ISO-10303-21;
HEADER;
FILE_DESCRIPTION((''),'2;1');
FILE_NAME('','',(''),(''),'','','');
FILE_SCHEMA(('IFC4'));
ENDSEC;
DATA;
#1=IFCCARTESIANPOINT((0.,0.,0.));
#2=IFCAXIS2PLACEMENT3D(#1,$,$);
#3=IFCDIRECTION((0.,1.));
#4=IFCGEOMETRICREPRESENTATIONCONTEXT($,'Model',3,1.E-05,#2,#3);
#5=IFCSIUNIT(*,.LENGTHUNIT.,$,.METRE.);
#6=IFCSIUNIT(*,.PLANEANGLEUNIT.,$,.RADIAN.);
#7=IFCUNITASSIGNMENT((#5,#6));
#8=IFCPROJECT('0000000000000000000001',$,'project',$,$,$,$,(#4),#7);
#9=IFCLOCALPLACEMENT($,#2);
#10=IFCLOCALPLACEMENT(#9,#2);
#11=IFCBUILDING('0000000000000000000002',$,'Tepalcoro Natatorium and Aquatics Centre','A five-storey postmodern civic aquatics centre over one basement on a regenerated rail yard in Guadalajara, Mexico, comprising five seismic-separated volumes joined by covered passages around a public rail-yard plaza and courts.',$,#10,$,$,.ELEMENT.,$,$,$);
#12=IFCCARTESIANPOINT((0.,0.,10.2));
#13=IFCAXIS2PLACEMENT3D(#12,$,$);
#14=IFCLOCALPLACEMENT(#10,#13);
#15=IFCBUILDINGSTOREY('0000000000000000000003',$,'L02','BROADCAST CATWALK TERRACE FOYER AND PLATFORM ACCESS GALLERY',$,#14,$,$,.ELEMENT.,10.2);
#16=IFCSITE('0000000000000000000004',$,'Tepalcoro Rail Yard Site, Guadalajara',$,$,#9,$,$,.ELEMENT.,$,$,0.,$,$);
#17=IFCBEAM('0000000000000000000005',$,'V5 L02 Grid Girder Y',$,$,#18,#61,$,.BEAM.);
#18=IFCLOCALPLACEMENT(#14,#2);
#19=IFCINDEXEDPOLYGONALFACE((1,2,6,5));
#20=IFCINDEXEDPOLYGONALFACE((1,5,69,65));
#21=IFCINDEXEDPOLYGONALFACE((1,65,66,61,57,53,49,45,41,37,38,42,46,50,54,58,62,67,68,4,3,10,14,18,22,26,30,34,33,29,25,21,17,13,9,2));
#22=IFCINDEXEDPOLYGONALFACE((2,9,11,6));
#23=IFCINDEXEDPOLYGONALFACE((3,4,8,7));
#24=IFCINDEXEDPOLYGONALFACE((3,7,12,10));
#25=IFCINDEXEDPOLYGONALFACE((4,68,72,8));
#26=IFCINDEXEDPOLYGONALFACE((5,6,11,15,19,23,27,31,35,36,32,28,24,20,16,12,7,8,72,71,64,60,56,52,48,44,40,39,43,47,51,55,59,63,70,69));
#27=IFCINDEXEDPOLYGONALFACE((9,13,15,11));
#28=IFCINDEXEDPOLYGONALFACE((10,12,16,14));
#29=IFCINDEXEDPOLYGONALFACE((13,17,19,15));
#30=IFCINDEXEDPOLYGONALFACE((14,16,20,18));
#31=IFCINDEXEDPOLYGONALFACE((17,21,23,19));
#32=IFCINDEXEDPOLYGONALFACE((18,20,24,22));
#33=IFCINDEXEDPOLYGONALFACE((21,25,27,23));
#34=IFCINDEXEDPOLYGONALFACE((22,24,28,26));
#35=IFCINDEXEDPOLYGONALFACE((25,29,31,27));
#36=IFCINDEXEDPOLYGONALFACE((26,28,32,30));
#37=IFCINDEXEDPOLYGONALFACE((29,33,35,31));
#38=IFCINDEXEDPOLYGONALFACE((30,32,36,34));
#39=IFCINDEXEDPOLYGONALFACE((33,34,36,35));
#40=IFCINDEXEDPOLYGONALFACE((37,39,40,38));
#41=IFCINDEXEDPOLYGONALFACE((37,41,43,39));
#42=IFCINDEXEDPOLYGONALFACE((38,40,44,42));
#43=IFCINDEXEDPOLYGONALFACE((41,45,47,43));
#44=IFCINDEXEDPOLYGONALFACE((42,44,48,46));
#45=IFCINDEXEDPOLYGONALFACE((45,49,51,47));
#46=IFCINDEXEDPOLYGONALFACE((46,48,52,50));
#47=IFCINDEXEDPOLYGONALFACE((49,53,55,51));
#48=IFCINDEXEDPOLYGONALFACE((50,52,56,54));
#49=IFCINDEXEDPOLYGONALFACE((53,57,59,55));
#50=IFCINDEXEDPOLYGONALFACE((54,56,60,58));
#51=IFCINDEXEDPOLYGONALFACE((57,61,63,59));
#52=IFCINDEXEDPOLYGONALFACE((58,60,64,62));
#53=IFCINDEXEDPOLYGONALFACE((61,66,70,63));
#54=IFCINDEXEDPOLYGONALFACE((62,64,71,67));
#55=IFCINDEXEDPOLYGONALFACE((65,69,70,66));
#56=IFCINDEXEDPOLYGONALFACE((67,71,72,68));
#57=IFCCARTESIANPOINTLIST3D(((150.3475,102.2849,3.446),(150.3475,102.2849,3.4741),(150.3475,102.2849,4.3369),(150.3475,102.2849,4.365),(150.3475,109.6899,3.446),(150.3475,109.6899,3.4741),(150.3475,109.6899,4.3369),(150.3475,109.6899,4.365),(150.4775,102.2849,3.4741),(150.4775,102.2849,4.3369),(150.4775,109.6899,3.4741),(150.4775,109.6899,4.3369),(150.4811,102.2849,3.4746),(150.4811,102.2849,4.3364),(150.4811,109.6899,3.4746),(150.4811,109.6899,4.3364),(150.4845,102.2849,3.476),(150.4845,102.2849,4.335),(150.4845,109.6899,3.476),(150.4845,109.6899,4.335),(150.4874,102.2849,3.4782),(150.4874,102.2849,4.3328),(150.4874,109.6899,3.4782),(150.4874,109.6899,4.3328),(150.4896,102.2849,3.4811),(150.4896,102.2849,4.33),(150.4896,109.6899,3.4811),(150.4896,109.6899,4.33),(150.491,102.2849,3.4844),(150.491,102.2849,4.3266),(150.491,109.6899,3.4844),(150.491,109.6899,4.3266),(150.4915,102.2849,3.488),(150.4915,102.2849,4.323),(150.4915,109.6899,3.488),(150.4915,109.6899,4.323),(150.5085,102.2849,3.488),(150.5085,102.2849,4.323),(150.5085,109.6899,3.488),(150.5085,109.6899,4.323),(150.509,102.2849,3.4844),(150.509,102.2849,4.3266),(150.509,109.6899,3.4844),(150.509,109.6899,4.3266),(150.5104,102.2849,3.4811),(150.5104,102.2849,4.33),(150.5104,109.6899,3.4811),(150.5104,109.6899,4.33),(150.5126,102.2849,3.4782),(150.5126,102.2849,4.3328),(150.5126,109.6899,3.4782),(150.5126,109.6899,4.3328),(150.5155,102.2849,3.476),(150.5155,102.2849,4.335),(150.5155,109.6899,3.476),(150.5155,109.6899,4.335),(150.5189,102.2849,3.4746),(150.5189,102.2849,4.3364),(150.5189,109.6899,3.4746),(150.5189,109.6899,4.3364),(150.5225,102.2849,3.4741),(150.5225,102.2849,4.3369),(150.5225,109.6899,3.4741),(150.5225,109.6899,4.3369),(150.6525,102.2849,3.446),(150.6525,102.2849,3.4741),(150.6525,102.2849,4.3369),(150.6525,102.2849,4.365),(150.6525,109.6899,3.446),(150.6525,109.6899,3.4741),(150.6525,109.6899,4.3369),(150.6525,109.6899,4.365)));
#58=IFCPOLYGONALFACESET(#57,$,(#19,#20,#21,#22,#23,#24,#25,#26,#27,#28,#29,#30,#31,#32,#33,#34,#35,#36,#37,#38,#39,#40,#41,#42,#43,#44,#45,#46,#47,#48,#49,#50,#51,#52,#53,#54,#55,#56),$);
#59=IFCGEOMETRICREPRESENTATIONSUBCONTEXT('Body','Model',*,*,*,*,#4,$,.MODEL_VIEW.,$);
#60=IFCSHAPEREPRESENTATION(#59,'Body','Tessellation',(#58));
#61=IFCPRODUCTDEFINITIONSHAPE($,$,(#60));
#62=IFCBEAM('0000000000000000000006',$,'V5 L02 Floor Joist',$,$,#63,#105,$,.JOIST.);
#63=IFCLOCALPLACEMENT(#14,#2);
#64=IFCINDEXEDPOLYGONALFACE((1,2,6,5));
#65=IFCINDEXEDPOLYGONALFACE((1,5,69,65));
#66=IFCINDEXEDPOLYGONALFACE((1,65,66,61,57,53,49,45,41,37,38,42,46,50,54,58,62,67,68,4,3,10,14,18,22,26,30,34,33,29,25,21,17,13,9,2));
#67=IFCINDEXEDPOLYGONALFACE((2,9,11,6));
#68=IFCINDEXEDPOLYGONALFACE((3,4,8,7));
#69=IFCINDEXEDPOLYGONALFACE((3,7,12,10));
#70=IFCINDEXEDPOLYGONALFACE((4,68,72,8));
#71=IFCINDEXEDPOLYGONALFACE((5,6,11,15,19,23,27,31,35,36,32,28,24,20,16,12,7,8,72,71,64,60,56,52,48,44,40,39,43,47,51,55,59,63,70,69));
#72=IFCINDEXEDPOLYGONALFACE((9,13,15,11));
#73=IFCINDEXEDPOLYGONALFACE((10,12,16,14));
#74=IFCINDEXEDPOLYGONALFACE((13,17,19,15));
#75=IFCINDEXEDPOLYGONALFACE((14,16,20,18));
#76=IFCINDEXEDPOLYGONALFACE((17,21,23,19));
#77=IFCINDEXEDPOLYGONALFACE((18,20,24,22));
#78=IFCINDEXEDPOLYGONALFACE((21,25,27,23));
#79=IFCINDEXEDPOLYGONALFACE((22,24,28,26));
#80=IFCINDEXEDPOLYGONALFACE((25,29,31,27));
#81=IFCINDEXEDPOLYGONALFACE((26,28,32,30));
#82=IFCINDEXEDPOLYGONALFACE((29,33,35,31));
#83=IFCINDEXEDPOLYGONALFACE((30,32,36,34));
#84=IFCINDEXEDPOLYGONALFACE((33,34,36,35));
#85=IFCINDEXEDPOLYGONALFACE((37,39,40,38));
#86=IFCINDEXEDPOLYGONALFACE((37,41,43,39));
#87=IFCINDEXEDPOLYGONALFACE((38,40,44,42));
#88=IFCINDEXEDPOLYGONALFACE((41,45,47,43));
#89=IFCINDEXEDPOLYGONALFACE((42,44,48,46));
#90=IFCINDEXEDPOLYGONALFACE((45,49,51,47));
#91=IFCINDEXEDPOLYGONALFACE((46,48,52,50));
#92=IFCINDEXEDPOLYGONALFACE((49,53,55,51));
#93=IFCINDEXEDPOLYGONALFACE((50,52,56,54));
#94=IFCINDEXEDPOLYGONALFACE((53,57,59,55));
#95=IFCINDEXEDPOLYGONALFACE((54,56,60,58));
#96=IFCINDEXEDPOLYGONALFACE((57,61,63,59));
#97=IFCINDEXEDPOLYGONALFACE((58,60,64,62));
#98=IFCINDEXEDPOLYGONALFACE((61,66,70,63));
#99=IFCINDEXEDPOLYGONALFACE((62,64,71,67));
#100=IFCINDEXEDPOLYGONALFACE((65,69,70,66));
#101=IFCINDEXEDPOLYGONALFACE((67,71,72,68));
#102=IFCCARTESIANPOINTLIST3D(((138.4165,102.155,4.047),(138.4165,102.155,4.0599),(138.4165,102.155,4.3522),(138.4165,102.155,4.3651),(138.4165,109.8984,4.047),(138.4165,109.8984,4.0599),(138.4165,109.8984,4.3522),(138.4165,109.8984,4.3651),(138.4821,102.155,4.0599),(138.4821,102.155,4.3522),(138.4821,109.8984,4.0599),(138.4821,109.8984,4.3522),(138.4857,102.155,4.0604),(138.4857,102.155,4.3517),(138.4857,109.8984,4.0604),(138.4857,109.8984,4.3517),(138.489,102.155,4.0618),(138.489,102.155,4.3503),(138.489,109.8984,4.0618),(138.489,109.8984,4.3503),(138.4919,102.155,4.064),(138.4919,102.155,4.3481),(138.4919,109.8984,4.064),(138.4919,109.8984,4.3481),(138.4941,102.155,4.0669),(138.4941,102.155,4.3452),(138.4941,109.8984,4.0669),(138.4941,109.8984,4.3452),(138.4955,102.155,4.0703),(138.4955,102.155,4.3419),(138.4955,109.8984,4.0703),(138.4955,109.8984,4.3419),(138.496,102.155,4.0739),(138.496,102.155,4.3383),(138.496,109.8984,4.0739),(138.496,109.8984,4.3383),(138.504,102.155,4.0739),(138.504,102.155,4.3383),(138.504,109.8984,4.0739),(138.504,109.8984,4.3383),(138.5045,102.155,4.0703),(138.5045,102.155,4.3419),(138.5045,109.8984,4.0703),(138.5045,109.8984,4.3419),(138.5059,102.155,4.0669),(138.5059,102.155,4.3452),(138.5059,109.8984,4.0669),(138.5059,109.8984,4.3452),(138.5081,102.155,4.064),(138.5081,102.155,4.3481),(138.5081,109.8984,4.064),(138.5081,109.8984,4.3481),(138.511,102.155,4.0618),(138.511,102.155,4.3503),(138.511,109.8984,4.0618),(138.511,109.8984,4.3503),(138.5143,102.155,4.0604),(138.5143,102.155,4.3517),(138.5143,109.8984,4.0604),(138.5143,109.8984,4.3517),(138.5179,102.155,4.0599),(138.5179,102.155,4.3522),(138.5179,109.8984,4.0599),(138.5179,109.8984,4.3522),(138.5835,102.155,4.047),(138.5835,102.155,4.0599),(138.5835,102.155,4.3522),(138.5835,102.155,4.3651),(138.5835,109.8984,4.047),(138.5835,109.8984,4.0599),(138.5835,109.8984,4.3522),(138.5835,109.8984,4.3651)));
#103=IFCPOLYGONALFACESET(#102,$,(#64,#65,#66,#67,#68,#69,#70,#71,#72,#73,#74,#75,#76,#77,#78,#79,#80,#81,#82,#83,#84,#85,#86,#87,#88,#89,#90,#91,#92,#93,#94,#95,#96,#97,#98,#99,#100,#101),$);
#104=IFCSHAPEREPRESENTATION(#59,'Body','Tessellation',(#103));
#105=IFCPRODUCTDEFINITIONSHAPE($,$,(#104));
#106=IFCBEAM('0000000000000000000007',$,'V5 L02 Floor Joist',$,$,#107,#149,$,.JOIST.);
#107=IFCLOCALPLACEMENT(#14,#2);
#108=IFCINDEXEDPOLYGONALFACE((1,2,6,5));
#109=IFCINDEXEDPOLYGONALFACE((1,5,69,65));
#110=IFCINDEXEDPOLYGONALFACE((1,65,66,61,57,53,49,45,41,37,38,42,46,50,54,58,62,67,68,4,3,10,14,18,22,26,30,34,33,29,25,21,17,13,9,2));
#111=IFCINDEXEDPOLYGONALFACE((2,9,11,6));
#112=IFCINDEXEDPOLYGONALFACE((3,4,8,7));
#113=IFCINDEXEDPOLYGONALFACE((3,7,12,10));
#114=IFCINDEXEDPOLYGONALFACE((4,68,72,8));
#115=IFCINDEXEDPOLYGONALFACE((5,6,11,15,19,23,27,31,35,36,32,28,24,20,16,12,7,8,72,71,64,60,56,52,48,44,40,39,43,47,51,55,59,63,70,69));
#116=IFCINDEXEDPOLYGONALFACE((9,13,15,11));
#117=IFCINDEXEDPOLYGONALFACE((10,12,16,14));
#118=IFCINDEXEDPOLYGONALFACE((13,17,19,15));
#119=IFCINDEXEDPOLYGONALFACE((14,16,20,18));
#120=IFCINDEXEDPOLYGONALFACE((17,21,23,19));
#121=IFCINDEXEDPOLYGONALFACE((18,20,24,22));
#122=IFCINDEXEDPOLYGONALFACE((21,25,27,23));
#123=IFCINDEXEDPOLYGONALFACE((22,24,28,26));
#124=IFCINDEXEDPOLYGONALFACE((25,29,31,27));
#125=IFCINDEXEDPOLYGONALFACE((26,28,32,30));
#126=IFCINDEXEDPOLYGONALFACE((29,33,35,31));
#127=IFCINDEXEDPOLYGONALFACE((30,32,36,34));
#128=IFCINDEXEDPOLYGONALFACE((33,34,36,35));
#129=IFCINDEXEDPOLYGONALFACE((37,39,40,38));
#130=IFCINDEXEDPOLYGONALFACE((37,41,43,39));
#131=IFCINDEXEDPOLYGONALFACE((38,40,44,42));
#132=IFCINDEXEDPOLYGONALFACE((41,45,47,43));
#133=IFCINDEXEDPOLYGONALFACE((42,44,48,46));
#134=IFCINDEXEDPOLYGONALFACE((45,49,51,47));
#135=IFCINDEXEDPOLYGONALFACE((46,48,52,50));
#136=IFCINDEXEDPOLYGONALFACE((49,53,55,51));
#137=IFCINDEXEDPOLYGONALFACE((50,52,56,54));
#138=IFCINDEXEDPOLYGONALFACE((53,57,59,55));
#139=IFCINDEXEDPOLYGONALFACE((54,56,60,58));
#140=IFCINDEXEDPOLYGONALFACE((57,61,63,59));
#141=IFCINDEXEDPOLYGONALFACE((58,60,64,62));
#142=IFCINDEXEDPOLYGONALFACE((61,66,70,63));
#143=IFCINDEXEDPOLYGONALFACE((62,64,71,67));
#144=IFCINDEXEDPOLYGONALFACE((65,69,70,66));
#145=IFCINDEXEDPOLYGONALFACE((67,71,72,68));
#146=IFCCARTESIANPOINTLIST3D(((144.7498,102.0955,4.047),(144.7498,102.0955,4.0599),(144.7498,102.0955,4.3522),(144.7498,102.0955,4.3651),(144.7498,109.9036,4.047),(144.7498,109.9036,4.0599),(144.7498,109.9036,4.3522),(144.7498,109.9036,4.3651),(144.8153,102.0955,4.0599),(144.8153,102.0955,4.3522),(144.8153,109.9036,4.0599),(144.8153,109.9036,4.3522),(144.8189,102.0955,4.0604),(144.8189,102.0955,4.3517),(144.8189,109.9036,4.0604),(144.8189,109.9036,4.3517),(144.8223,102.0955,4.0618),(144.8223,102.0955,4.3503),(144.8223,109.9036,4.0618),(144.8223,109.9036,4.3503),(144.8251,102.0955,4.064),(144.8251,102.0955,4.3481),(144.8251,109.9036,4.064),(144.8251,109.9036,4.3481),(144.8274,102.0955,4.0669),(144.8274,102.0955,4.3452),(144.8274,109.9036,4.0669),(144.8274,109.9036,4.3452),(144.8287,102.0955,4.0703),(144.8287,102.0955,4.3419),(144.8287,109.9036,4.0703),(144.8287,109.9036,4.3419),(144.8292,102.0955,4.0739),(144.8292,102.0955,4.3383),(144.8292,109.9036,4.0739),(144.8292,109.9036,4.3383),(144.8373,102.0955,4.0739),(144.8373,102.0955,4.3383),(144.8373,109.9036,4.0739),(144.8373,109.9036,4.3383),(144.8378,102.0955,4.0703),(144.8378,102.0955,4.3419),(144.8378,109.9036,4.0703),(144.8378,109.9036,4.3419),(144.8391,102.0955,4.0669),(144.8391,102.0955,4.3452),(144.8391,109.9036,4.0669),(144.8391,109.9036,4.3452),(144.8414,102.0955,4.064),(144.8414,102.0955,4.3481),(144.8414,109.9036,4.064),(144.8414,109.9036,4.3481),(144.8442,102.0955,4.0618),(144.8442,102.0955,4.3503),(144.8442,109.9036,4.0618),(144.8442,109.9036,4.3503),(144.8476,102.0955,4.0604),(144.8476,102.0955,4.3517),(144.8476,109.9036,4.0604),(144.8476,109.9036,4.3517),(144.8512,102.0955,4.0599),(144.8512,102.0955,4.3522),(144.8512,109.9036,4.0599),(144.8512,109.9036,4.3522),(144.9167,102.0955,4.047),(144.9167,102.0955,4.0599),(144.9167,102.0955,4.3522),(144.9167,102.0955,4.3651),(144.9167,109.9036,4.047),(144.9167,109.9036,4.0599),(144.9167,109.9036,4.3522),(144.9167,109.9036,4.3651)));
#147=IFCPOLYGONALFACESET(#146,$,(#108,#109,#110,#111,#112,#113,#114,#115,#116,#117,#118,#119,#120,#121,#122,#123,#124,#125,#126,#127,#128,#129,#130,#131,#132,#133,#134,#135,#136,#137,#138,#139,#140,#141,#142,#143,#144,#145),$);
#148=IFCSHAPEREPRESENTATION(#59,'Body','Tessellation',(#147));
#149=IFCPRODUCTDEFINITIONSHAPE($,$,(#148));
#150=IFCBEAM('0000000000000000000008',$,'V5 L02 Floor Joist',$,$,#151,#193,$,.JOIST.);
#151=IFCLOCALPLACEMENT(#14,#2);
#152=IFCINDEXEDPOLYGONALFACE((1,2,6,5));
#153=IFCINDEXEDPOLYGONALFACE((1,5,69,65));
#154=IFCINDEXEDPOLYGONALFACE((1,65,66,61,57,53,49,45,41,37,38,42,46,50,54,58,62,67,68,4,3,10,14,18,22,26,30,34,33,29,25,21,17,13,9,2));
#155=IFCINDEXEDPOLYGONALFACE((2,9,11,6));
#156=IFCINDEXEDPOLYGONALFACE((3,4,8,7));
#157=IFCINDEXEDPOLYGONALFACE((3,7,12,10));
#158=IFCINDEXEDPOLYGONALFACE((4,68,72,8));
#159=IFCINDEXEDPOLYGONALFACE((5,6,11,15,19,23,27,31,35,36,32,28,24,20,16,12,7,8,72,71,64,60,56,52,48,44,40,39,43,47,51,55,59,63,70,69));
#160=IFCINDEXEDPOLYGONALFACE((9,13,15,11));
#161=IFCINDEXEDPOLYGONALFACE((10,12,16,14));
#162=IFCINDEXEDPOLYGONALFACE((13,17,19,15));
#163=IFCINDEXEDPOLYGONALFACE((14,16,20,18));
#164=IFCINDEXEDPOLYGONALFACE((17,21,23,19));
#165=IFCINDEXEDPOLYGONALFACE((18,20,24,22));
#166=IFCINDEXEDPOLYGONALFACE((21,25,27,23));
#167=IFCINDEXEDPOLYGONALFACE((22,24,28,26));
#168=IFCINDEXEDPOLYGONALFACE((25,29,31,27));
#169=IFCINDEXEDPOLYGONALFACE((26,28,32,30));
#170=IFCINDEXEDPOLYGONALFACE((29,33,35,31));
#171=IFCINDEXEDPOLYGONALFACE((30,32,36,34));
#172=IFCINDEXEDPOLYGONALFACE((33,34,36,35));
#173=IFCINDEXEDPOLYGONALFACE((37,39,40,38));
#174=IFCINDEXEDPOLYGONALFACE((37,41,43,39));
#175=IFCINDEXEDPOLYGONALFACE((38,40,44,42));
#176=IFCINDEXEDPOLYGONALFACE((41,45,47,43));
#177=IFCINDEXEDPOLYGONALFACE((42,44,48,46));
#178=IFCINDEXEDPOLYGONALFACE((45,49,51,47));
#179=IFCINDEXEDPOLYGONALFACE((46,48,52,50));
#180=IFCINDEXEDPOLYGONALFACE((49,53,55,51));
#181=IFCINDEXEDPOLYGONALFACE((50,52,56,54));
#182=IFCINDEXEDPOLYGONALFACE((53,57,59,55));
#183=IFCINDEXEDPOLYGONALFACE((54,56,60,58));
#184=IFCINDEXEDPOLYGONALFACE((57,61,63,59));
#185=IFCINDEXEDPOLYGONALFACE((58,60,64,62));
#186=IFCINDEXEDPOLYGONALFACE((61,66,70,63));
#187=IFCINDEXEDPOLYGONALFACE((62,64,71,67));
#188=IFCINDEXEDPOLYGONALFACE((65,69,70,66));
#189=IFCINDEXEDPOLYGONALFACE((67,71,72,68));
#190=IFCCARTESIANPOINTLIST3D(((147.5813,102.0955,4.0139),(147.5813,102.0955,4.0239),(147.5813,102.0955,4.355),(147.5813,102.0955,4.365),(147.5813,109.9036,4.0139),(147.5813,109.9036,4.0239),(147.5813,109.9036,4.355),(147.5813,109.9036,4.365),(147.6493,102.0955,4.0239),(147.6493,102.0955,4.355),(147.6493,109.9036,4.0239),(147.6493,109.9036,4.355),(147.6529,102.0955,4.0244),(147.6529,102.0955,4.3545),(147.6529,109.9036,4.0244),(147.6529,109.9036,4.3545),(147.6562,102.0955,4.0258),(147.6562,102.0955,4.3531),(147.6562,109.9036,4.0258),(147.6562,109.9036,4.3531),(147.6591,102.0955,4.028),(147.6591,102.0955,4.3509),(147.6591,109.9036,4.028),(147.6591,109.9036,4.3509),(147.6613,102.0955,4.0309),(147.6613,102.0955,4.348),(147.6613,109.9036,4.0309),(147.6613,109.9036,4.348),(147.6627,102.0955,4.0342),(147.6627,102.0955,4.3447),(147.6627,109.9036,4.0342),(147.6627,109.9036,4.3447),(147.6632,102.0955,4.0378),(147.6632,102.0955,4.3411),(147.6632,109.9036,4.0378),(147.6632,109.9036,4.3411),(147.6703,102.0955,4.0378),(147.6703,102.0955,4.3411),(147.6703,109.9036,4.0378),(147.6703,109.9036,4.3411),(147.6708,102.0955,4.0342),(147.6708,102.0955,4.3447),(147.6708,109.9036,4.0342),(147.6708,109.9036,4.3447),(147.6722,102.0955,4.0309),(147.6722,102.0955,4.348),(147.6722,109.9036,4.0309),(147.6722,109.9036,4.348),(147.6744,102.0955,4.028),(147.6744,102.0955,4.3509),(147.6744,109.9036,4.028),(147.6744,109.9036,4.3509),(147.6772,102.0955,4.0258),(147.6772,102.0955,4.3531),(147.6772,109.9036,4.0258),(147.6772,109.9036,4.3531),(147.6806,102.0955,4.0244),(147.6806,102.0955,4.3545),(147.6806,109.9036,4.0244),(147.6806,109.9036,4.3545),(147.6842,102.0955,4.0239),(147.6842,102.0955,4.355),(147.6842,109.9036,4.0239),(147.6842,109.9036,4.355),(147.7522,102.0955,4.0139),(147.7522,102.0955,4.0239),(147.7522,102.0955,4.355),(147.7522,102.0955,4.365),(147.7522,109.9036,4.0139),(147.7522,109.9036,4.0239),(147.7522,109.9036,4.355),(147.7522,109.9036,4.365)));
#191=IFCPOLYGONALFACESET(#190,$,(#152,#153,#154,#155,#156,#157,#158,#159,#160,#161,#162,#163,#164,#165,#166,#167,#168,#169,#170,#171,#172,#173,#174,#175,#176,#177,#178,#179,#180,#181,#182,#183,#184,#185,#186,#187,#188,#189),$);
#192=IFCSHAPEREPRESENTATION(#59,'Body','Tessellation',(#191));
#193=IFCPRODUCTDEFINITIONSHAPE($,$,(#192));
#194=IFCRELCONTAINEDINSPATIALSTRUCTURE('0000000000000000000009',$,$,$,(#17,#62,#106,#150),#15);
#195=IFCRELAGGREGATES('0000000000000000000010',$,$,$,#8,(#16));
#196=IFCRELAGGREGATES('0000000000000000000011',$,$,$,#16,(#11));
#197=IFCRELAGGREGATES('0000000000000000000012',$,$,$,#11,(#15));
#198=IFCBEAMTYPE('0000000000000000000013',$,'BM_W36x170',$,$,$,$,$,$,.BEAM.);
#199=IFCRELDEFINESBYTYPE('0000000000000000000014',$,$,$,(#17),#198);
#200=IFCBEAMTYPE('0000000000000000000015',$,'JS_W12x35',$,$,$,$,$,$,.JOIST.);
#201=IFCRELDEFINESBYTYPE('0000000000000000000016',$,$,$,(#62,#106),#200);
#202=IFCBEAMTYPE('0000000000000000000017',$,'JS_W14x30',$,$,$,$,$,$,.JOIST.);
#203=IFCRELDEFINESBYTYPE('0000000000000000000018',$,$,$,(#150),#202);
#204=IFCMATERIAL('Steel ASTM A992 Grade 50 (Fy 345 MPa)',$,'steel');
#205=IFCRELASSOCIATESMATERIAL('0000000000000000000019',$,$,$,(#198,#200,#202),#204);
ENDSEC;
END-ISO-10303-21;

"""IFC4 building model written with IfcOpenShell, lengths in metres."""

from ifc_helpers import new_model, si_unit, direction, frame, origin, origin_2d, place, context, subcontext, project, spatial, i_section, extrude, material, material_profile, profile_set, type_object, element, save


model = new_model("IFC4")

# Units and contexts
model_context = context("Model", 3, precision=1e-05, world=origin(), true_north=direction((0.0, 1.0)))
body_context = subcontext(model_context, "Body", "Model", "MODEL_VIEW")
ifc_project = project(units=[si_unit("LENGTHUNIT", "METRE"), si_unit("PLANEANGLEUNIT", "RADIAN")], contexts=[model_context])

# Site, building, storey
site_placement = place(None, origin())
site = spatial("IfcSite", under=ifc_project, at=site_placement, Name="Tepalcoro Rail Yard Site, Guadalajara", CompositionType="ELEMENT", RefElevation=0.0)
building_placement = place(site_placement, origin())
building = spatial("IfcBuilding", under=site, at=building_placement, Name="Tepalcoro Natatorium and Aquatics Centre", Description="A five-storey postmodern civic aquatics centre over one basement on a regenerated rail yard in Guadalajara, Mexico, comprising five seismic-separated volumes joined by covered passages around a public rail-yard plaza and courts.", CompositionType="ELEMENT")
storey_placement = place(building_placement, frame((0.0, 0.0, 10.2)))
storey = spatial("IfcBuildingStorey", under=building, at=storey_placement, Name="L02", Description="BROADCAST CATWALK TERRACE FOYER AND PLATFORM ACCESS GALLERY", CompositionType="ELEMENT", Elevation=10.2)

# Beams
ifc_material_1 = material(Name="Steel ASTM A992 Grade 50 (Fy 345 MPa)", Category="steel")
ifc_material_profile_1 = material_profile(ifc_material_1, i_section(OverallWidth=0.3049, OverallDepth=0.9189, WebThickness=0.0171, FlangeThickness=0.0281, FilletRadius=0.0139, at=origin_2d()), Name="W36X170")
ifc_profile_set_1 = profile_set([ifc_material_profile_1], Name="Steel ASTM A992 Grade 50 (Fy 345 MPa)")
beam_type_1 = type_object("IfcBeamType", Name="BM_W36x170", PredefinedType="BEAM", material=ifc_profile_set_1)
beam_1_placement = place(storey_placement, frame((150.5, 102.2849, 3.9055), z_axis=(0.0, 1.0, 0.0), x_axis=(-1.0, 0.0, 0.0)))
element("IfcBeam", 1, at=beam_1_placement, inside=storey, type_object=beam_type_1, Name="V5 L02 Grid Girder Y", PredefinedType="BEAM", context=body_context, shape_type="SweptSolid", body=[
    extrude(i_section(OverallWidth=0.3049, OverallDepth=0.9189, WebThickness=0.0171, FlangeThickness=0.0281, FilletRadius=0.0139, at=origin_2d()), origin(), (0.0, 0.0, 1.0), 7.405),
])
ifc_material_profile_2 = material_profile(ifc_material_1, i_section(OverallWidth=0.167, OverallDepth=0.3181, WebThickness=0.0081, FlangeThickness=0.0129, FilletRadius=0.0139, at=origin_2d()), Name="W12X35")
ifc_profile_set_2 = profile_set([ifc_material_profile_2], Name="Steel ASTM A992 Grade 50 (Fy 345 MPa)")
beam_type_2 = type_object("IfcBeamType", Name="JS_W12x35", PredefinedType="JOIST", material=ifc_profile_set_2)
beam_2_placement = place(storey_placement, frame((138.5, 102.155, 4.2061), z_axis=(0.0, 1.0, 0.0), x_axis=(-1.0, 0.0, 0.0)))
element("IfcBeam", 2, at=beam_2_placement, inside=storey, type_object=beam_type_2, Name="V5 L02 Floor Joist", PredefinedType="JOIST", context=body_context, shape_type="SweptSolid", body=[
    extrude(i_section(OverallWidth=0.167, OverallDepth=0.3181, WebThickness=0.0081, FlangeThickness=0.0129, FilletRadius=0.0139, at=origin_2d()), origin(), (0.0, 0.0, 1.0), 7.7434),
])
beam_3_placement = place(storey_placement, frame((144.8333, 102.0955, 4.2061), z_axis=(0.0, 1.0, 0.0), x_axis=(-1.0, 0.0, 0.0)))
element("IfcBeam", 3, at=beam_3_placement, inside=storey, type_object=beam_type_2, Name="V5 L02 Floor Joist", PredefinedType="JOIST", context=body_context, shape_type="SweptSolid", body=[
    extrude(i_section(OverallWidth=0.167, OverallDepth=0.3181, WebThickness=0.0081, FlangeThickness=0.0129, FilletRadius=0.0139, at=origin_2d()), origin(), (0.0, 0.0, 1.0), 7.8081),
])
ifc_material_profile_3 = material_profile(ifc_material_1, i_section(OverallWidth=0.1709, OverallDepth=0.3511, WebThickness=0.0071, FlangeThickness=0.01, FilletRadius=0.0139, at=origin_2d()), Name="W14X30")
ifc_profile_set_3 = profile_set([ifc_material_profile_3], Name="Steel ASTM A992 Grade 50 (Fy 345 MPa)")
beam_type_3 = type_object("IfcBeamType", Name="JS_W14x30", PredefinedType="JOIST", material=ifc_profile_set_3)
beam_4_placement = place(storey_placement, frame((147.6667, 102.0955, 4.1895), z_axis=(0.0, 1.0, 0.0), x_axis=(-1.0, 0.0, 0.0)))
element("IfcBeam", 4, at=beam_4_placement, inside=storey, type_object=beam_type_3, Name="V5 L02 Floor Joist", PredefinedType="JOIST", context=body_context, shape_type="SweptSolid", body=[
    extrude(i_section(OverallWidth=0.1709, OverallDepth=0.3511, WebThickness=0.0071, FlangeThickness=0.01, FilletRadius=0.0139, at=origin_2d()), origin(), (0.0, 0.0, 1.0), 7.8081),
])

save(model, "model.ifc")
